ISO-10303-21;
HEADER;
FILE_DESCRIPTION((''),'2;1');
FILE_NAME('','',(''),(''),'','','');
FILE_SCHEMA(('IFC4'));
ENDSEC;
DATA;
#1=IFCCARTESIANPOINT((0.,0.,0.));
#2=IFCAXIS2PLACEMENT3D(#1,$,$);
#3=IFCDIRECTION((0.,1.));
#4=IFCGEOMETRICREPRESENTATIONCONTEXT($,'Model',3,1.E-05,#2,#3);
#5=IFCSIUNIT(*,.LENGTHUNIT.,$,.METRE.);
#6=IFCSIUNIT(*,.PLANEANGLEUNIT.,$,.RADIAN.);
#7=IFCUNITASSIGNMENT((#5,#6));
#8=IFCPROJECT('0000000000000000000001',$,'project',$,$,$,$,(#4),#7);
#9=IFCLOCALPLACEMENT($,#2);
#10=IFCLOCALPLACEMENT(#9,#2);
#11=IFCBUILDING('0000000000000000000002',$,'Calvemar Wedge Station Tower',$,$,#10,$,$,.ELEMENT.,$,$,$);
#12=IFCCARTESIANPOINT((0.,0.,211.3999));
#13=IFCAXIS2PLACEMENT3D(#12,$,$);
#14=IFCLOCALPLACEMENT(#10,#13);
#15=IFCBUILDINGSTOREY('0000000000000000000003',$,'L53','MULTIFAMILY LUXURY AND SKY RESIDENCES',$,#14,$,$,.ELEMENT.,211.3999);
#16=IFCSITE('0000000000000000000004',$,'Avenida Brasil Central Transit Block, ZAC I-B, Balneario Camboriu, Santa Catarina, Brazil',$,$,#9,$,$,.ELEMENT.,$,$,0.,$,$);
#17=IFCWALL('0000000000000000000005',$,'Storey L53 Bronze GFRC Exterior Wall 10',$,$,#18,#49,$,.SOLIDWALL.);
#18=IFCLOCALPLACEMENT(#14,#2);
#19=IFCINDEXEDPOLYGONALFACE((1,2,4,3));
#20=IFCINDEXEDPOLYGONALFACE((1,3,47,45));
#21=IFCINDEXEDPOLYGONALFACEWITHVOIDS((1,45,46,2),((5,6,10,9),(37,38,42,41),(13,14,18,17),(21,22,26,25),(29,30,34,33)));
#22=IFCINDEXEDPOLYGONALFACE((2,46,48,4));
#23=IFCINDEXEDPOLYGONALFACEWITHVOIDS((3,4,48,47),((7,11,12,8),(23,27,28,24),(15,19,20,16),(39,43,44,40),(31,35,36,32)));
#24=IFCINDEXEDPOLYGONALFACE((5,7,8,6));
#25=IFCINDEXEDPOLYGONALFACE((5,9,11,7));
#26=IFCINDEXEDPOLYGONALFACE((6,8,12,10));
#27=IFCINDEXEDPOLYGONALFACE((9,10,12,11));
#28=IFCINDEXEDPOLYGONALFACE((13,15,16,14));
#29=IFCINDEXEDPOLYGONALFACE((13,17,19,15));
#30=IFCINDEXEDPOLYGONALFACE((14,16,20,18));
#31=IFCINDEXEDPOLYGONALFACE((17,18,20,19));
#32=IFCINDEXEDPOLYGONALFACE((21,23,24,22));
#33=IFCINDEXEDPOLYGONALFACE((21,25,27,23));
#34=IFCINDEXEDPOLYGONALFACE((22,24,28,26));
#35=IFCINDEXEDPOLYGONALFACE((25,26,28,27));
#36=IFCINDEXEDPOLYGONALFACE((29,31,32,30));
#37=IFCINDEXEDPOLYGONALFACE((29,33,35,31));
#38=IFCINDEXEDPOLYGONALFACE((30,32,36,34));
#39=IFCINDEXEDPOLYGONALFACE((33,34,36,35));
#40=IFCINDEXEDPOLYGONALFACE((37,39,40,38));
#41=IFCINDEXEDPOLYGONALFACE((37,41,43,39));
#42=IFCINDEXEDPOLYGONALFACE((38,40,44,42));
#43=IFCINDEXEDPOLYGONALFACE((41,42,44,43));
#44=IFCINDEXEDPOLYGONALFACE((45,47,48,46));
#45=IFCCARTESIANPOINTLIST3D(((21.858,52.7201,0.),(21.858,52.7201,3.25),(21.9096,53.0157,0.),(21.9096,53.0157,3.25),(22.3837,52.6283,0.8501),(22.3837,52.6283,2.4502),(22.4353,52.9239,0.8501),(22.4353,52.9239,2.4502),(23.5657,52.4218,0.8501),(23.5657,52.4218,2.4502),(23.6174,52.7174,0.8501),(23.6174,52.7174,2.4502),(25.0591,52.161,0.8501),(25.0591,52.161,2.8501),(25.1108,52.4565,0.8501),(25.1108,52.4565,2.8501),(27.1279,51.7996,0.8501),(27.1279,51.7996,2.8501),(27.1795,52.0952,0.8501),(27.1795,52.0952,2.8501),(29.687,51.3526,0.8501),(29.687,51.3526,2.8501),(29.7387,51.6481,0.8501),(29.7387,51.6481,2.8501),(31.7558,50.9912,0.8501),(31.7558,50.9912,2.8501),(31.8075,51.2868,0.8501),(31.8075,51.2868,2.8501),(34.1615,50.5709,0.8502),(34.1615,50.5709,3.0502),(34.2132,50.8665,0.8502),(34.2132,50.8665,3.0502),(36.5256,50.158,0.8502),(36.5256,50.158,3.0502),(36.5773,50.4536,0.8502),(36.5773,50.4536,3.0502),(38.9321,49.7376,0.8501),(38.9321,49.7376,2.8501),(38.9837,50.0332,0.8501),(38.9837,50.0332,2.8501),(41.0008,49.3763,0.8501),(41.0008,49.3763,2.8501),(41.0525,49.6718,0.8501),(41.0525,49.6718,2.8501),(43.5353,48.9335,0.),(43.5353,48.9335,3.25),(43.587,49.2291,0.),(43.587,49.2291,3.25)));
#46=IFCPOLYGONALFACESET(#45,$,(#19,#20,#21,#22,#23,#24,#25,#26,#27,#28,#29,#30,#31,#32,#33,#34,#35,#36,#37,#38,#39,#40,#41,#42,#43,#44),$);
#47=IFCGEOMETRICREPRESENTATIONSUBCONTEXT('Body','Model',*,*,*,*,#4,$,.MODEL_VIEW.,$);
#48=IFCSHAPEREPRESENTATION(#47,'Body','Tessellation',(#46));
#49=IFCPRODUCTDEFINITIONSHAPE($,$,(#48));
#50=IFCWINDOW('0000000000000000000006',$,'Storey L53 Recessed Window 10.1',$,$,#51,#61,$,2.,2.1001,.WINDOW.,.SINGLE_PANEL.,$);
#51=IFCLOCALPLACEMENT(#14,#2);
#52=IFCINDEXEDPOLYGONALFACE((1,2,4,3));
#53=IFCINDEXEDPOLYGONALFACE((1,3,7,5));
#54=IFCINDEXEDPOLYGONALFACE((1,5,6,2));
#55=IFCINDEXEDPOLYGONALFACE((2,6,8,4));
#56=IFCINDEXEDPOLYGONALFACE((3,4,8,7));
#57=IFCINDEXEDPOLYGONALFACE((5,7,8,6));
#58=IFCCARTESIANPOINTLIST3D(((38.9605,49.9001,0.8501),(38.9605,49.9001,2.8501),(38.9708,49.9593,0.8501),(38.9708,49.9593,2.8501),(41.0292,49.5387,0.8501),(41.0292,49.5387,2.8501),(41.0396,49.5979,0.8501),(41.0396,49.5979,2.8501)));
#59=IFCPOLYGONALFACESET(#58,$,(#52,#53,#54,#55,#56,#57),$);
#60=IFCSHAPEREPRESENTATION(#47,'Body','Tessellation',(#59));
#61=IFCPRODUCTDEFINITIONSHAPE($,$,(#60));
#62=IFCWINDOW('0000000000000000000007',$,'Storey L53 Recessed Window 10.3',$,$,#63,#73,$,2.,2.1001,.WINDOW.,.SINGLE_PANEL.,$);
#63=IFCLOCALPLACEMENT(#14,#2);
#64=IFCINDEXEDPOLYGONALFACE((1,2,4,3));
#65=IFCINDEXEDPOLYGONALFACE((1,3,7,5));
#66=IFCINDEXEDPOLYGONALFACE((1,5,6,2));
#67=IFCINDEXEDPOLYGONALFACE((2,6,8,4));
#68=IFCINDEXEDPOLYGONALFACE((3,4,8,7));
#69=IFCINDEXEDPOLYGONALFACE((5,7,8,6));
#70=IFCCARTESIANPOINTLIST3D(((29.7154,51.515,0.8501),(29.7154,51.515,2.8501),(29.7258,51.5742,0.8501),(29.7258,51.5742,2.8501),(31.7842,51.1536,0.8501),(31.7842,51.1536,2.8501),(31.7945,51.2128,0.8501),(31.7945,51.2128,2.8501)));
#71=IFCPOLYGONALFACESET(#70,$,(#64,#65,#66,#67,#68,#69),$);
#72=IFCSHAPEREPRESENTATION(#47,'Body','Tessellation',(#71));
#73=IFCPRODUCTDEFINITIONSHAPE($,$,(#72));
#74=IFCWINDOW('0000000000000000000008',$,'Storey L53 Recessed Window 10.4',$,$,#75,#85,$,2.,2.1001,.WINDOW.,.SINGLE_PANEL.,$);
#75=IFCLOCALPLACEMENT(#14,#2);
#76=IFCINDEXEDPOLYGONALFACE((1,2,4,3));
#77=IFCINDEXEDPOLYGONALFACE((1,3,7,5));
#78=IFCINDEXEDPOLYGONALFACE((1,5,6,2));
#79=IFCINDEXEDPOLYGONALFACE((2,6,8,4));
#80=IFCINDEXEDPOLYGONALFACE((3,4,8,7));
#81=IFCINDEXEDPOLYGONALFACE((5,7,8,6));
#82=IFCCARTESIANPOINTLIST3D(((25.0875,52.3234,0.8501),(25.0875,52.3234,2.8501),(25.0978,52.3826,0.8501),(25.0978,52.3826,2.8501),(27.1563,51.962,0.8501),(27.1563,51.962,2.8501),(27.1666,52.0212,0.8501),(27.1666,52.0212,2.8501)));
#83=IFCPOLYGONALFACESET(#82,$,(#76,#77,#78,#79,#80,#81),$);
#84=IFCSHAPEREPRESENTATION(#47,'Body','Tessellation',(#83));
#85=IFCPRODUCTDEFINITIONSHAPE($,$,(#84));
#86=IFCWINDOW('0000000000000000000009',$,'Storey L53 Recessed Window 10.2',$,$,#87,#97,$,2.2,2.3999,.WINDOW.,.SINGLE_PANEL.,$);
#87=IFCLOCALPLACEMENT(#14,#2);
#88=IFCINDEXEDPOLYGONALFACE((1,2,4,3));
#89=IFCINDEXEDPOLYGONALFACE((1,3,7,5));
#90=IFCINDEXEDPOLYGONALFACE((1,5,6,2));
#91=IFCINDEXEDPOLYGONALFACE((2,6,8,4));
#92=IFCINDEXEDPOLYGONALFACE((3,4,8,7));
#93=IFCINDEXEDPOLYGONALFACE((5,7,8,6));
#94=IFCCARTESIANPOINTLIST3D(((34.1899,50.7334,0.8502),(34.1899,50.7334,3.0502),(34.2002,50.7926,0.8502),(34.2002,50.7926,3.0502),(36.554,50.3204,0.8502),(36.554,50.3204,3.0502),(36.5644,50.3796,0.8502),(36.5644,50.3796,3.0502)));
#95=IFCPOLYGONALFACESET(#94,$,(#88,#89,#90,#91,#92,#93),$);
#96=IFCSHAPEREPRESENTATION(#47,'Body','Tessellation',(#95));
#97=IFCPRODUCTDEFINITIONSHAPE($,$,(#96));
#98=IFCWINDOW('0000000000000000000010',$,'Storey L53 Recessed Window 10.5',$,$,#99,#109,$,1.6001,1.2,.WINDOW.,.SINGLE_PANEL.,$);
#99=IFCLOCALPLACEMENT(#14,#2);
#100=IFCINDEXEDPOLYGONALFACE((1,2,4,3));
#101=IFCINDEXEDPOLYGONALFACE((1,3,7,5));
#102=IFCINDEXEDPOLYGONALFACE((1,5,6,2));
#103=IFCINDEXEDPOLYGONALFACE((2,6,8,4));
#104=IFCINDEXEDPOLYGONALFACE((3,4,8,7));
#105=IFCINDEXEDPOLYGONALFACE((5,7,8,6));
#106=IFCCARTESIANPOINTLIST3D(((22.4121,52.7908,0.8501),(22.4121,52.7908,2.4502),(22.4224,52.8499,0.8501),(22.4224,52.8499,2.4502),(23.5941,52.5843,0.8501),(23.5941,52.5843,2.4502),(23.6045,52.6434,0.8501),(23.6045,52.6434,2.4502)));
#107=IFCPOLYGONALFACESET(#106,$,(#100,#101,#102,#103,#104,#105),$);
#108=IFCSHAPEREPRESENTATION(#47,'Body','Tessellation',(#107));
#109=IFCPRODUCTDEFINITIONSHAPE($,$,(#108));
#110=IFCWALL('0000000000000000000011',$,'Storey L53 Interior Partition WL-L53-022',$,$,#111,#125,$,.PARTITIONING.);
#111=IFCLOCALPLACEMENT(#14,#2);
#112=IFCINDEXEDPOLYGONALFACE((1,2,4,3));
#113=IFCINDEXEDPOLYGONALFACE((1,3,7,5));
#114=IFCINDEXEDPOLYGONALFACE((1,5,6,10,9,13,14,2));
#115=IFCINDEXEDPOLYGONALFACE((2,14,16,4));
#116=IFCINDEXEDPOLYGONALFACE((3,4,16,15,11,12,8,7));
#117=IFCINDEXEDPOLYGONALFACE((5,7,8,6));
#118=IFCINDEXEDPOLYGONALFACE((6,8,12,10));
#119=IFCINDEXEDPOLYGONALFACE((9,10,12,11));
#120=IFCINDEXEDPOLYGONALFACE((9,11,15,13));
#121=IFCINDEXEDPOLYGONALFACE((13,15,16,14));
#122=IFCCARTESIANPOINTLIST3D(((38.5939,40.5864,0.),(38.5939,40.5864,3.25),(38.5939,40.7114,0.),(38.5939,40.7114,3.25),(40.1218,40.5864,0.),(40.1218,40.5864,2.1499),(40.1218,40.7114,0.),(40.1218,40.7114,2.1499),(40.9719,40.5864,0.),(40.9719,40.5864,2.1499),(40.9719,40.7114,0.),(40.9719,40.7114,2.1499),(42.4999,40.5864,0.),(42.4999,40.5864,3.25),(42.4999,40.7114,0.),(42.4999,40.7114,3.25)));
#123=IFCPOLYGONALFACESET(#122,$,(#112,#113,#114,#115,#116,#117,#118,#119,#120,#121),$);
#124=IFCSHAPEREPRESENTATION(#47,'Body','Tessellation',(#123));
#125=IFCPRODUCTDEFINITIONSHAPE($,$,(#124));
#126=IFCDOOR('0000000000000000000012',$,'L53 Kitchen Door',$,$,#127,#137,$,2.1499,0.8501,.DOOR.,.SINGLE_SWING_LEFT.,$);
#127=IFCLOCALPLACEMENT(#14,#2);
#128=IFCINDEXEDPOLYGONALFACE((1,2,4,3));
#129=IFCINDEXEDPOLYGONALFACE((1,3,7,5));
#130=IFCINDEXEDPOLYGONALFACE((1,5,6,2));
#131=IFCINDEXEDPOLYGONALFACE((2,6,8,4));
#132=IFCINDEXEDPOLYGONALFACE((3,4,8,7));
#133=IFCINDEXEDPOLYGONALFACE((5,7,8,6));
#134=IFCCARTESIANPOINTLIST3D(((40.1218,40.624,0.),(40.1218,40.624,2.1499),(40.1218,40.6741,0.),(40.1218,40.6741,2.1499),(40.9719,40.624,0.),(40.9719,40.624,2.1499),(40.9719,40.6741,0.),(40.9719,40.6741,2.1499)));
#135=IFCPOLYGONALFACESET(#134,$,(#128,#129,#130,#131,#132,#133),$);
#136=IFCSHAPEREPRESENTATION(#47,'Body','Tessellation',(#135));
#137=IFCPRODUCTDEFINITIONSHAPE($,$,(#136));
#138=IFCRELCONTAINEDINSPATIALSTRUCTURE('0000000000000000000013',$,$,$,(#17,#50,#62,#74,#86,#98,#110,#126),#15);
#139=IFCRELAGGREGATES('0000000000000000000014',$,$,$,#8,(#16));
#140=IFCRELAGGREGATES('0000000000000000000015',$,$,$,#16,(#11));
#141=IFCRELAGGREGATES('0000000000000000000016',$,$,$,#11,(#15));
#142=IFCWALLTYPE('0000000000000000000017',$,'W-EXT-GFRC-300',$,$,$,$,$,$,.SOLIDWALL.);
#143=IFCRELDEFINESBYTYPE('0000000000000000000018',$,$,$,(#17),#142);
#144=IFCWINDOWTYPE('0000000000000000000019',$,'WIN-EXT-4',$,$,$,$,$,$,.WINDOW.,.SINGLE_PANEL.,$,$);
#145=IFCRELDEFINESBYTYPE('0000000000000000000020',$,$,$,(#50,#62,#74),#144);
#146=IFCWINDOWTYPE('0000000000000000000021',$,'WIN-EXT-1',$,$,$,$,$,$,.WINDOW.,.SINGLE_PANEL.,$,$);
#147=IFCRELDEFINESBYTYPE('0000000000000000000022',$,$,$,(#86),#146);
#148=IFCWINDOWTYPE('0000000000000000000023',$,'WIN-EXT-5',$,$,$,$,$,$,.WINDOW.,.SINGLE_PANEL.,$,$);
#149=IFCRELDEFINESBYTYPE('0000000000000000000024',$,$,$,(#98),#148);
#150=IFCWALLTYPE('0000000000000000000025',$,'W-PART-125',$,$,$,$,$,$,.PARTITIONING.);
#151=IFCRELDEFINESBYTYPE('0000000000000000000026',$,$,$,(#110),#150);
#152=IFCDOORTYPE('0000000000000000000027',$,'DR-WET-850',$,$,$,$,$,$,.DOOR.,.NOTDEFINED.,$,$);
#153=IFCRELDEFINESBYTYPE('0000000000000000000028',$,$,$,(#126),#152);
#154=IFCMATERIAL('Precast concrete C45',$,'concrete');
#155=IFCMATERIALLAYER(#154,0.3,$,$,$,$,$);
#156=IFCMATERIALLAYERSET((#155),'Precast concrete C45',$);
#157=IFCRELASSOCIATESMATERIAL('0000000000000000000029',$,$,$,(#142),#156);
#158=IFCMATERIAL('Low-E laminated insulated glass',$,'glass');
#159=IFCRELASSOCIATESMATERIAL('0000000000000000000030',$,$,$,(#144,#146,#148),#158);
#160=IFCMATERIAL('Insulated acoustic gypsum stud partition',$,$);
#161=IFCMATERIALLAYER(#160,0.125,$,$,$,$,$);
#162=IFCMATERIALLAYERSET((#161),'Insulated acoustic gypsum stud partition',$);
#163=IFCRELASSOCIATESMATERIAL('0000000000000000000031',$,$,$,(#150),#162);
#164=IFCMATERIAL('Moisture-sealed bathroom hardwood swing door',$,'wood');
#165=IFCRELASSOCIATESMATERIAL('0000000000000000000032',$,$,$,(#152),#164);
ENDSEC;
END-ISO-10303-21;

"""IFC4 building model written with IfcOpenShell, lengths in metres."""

from ifc_helpers import new_model, si_unit, direction, frame, frame_2d, origin, place, context, subcontext, project, spatial, rectangle, extrude, source, transform, mapped, material, layer, layer_set, type_object, element, fill, save


model = new_model("IFC4")

# Units and contexts
model_context = context("Model", 3, precision=1e-05, world=origin(), true_north=direction((0.0, 1.0)))
body_context = subcontext(model_context, "Body", "Model", "MODEL_VIEW")
ifc_project = project(units=[si_unit("LENGTHUNIT", "METRE"), si_unit("PLANEANGLEUNIT", "RADIAN")], contexts=[model_context])

# Site, building, storey
site_placement = place(None, origin())
site = spatial("IfcSite", under=ifc_project, at=site_placement, Name="Avenida Brasil Central Transit Block, ZAC I-B, Balneario Camboriu, Santa Catarina, Brazil", CompositionType="ELEMENT", RefElevation=0.0)
building_placement = place(site_placement, origin())
building = spatial("IfcBuilding", under=site, at=building_placement, Name="Calvemar Wedge Station Tower", CompositionType="ELEMENT")
storey_placement = place(building_placement, frame((0.0, 0.0, 211.3999)))
storey = spatial("IfcBuildingStorey", under=building, at=storey_placement, Name="L53", Description="MULTIFAMILY LUXURY AND SKY RESIDENCES", CompositionType="ELEMENT", Elevation=211.3999)

# Shared definitions
ifc_material_1 = material(Name="Precast concrete C45", Category="concrete")
ifc_layer_1 = layer(ifc_material_1, 0.3)
ifc_layer_set_1 = layer_set([ifc_layer_1], Name="Precast concrete C45")
wall_type_1 = type_object("IfcWallType", Name="W-EXT-GFRC-300", PredefinedType="SOLIDWALL", material=ifc_layer_set_1)
ifc_material_2 = material(Name="Low-E laminated insulated glass", Category="glass")

# Wall, openings, windows
wall_1_placement = place(storey_placement, frame((43.5613, 49.0813, 0.0), z_axis=(0.0, 0.0, 1.0), x_axis=(-0.985084, 0.172074, 0.0)))
wall_1 = element("IfcWall", 1, at=wall_1_placement, inside=storey, type_object=wall_type_1, Name="Storey L53 Bronze GFRC Exterior Wall 10", PredefinedType="SOLIDWALL", context=body_context, shape_type="SweptSolid", body=[
    extrude(rectangle(XDim=22.0056, YDim=0.3, at=frame_2d((11.0029, 0.0))), origin(), (0.0, 0.0, 1.0), 3.25),
])
shared_shape_1 = source(origin(), body_context, "Body", "SweptSolid", [
    extrude(rectangle(XDim=2.1001, YDim=2.0, at=frame_2d((1.05, 1.0))), frame((0.0, 0.1602, 0.0), z_axis=(0.0, -1.0, 0.0), x_axis=(1.0, 0.0, 0.0)), (0.0, 0.0, 1.0), 0.3201),
])
opening_1_placement = place(wall_1_placement, frame((2.573, 0.0, 0.8501)))
opening_1 = element("IfcOpeningElement", 2, at=opening_1_placement, cuts=wall_1, PredefinedType="OPENING", context=body_context, shape_type="MappedRepresentation", body=[
    mapped(shared_shape_1, transform((0.0, 0.0, 0.0), scale=1.0)),
])
shared_shape_2 = source(origin(), body_context, "Body", "SweptSolid", [
    extrude(rectangle(XDim=2.3999, YDim=2.2, at=frame_2d((1.2, 1.1001))), frame((0.0, 0.1602, 0.0), z_axis=(0.0, -1.0, 0.0), x_axis=(1.0, 0.0, 0.0)), (0.0, 0.0, 1.0), 0.3201),
])
opening_2_placement = place(wall_1_placement, frame((7.116, 0.0, 0.8501)))
opening_2 = element("IfcOpeningElement", 3, at=opening_2_placement, cuts=wall_1, PredefinedType="OPENING", context=body_context, shape_type="MappedRepresentation", body=[
    mapped(shared_shape_2, transform((0.0, 0.0, 0.0), scale=1.0)),
])
opening_3_placement = place(wall_1_placement, frame((11.958, 0.0, 0.8501)))
opening_3 = element("IfcOpeningElement", 4, at=opening_3_placement, cuts=wall_1, PredefinedType="OPENING", context=body_context, shape_type="MappedRepresentation", body=[
    mapped(shared_shape_1, transform((0.0, 0.0, 0.0), scale=1.0)),
])
opening_4_placement = place(wall_1_placement, frame((16.656, 0.0, 0.8501)))
opening_4 = element("IfcOpeningElement", 5, at=opening_4_placement, cuts=wall_1, PredefinedType="OPENING", context=body_context, shape_type="MappedRepresentation", body=[
    mapped(shared_shape_1, transform((0.0, 0.0, 0.0), scale=1.0)),
])
shared_shape_3 = source(origin(), body_context, "Body", "SweptSolid", [
    extrude(rectangle(XDim=1.2, YDim=1.6001, at=frame_2d((0.6001, 0.8))), frame((0.0, 0.1602, 0.0), z_axis=(0.0, -1.0, 0.0), x_axis=(1.0, 0.0, 0.0)), (0.0, 0.0, 1.0), 0.3201),
])
opening_5_placement = place(wall_1_placement, frame((20.272, 0.0, 0.8501)))
opening_5 = element("IfcOpeningElement", 6, at=opening_5_placement, cuts=wall_1, PredefinedType="OPENING", context=body_context, shape_type="MappedRepresentation", body=[
    mapped(shared_shape_3, transform((0.0, 0.0, 0.0), scale=1.0)),
])
window_type_1 = type_object("IfcWindowType", Name="WIN-EXT-4", PartitioningType="SINGLE_PANEL", PredefinedType="WINDOW", material=ifc_material_2)
shared_shape_4 = source(origin(), body_context, "Body", "SweptSolid", [
    extrude(rectangle(XDim=2.1001, YDim=2.0, at=frame_2d((1.05, 1.0))), frame((0.0, -0.0149, 0.0), z_axis=(0.0, -1.0, 0.0), x_axis=(1.0, 0.0, 0.0)), (0.0, 0.0, 1.0), 0.0601),
])
window_1_placement = place(opening_1_placement, origin())
window_1 = element("IfcWindow", 7, at=window_1_placement, inside=storey, type_object=window_type_1, Name="Storey L53 Recessed Window 10.1", OverallHeight=2.0, OverallWidth=2.1001, PartitioningType="SINGLE_PANEL", PredefinedType="WINDOW", context=body_context, shape_type="MappedRepresentation", body=[
    mapped(shared_shape_4, transform((0.0, 0.0, 0.0), scale=1.0)),
])
fill(opening_1, window_1)
window_2_placement = place(opening_3_placement, origin())
window_2 = element("IfcWindow", 8, at=window_2_placement, inside=storey, type_object=window_type_1, Name="Storey L53 Recessed Window 10.3", OverallHeight=2.0, OverallWidth=2.1001, PartitioningType="SINGLE_PANEL", PredefinedType="WINDOW", context=body_context, shape_type="MappedRepresentation", body=[
    mapped(shared_shape_4, transform((0.0, 0.0, 0.0), scale=1.0)),
])
fill(opening_3, window_2)
window_3_placement = place(opening_4_placement, origin())
window_3 = element("IfcWindow", 9, at=window_3_placement, inside=storey, type_object=window_type_1, Name="Storey L53 Recessed Window 10.4", OverallHeight=2.0, OverallWidth=2.1001, PartitioningType="SINGLE_PANEL", PredefinedType="WINDOW", context=body_context, shape_type="MappedRepresentation", body=[
    mapped(shared_shape_4, transform((0.0, 0.0, 0.0), scale=1.0)),
])
fill(opening_4, window_3)
window_type_2 = type_object("IfcWindowType", Name="WIN-EXT-1", PartitioningType="SINGLE_PANEL", PredefinedType="WINDOW", material=ifc_material_2)
shared_shape_5 = source(origin(), body_context, "Body", "SweptSolid", [
    extrude(rectangle(XDim=2.3999, YDim=2.2, at=frame_2d((1.2, 1.1001))), frame((0.0, -0.0149, 0.0), z_axis=(0.0, -1.0, 0.0), x_axis=(1.0, 0.0, 0.0)), (0.0, 0.0, 1.0), 0.0601),
])
window_4_placement = place(opening_2_placement, origin())
window_4 = element("IfcWindow", 10, at=window_4_placement, inside=storey, type_object=window_type_2, Name="Storey L53 Recessed Window 10.2", OverallHeight=2.2, OverallWidth=2.3999, PartitioningType="SINGLE_PANEL", PredefinedType="WINDOW", context=body_context, shape_type="MappedRepresentation", body=[
    mapped(shared_shape_5, transform((0.0, 0.0, 0.0), scale=1.0)),
])
fill(opening_2, window_4)
window_type_3 = type_object("IfcWindowType", Name="WIN-EXT-5", PartitioningType="SINGLE_PANEL", PredefinedType="WINDOW", material=ifc_material_2)
shared_shape_6 = source(origin(), body_context, "Body", "SweptSolid", [
    extrude(rectangle(XDim=1.2, YDim=1.6001, at=frame_2d((0.6001, 0.8))), frame((0.0, -0.0149, 0.0), z_axis=(0.0, -1.0, 0.0), x_axis=(1.0, 0.0, 0.0)), (0.0, 0.0, 1.0), 0.0601),
])
window_5_placement = place(opening_5_placement, origin())
window_5 = element("IfcWindow", 11, at=window_5_placement, inside=storey, type_object=window_type_3, Name="Storey L53 Recessed Window 10.5", OverallHeight=1.6001, OverallWidth=1.2, PartitioningType="SINGLE_PANEL", PredefinedType="WINDOW", context=body_context, shape_type="MappedRepresentation", body=[
    mapped(shared_shape_6, transform((0.0, 0.0, 0.0), scale=1.0)),
])
fill(opening_5, window_5)

# Wall, opening, door
ifc_material_3 = material(Name="Insulated acoustic gypsum stud partition")
ifc_layer_2 = layer(ifc_material_3, 0.125)
ifc_layer_set_2 = layer_set([ifc_layer_2], Name="Insulated acoustic gypsum stud partition")
wall_type_2 = type_object("IfcWallType", Name="W-PART-125", PredefinedType="PARTITIONING", material=ifc_layer_set_2)
wall_2_placement = place(storey_placement, frame((42.5, 40.6489, 0.0), z_axis=(0.0, 0.0, 1.0), x_axis=(-1.0, 0.0, 0.0)))
wall_2 = element("IfcWall", 12, at=wall_2_placement, inside=storey, type_object=wall_type_2, Name="Storey L53 Interior Partition WL-L53-022", PredefinedType="PARTITIONING", context=body_context, shape_type="SweptSolid", body=[
    extrude(rectangle(XDim=3.906, YDim=0.125, at=frame_2d((1.9531, 0.0))), origin(), (0.0, 0.0, 1.0), 3.25),
])
shared_shape_7 = source(origin(), body_context, "Body", "SweptSolid", [
    extrude(rectangle(XDim=0.8501, YDim=2.1499, at=frame_2d((0.425, 1.075))), frame((0.0, 0.0725, 0.0), z_axis=(0.0, -1.0, 0.0), x_axis=(1.0, 0.0, 0.0)), (0.0, 0.0, 1.0), 0.145),
])
opening_6_placement = place(wall_2_placement, frame((1.5281, 0.0, 0.0)))
opening_6 = element("IfcOpeningElement", 13, at=opening_6_placement, cuts=wall_2, PredefinedType="OPENING", context=body_context, shape_type="MappedRepresentation", body=[
    mapped(shared_shape_7, transform((0.0, 0.0, 0.0), scale=1.0)),
])
ifc_material_4 = material(Name="Moisture-sealed bathroom hardwood swing door", Category="wood")
door_type_1 = type_object("IfcDoorType", Name="DR-WET-850", OperationType="NOTDEFINED", PredefinedType="DOOR", material=ifc_material_4)
shared_shape_8 = source(origin(), body_context, "Body", "SweptSolid", [
    extrude(rectangle(XDim=0.8501, YDim=2.1499, at=frame_2d((0.425, 1.075))), frame((0.0, 0.0249, 0.0), z_axis=(0.0, -1.0, 0.0), x_axis=(1.0, 0.0, 0.0)), (0.0, 0.0, 1.0), 0.05),
])
door_1_placement = place(opening_6_placement, origin())
door_1 = element("IfcDoor", 14, at=door_1_placement, inside=storey, type_object=door_type_1, Name="L53 Kitchen Door", OperationType="SINGLE_SWING_LEFT", OverallHeight=2.1499, OverallWidth=0.8501, PredefinedType="DOOR", context=body_context, shape_type="MappedRepresentation", body=[
    mapped(shared_shape_8, transform((0.0, 0.0, 0.0), scale=1.0)),
])
fill(opening_6, door_1)

save(model, "model.ifc")
